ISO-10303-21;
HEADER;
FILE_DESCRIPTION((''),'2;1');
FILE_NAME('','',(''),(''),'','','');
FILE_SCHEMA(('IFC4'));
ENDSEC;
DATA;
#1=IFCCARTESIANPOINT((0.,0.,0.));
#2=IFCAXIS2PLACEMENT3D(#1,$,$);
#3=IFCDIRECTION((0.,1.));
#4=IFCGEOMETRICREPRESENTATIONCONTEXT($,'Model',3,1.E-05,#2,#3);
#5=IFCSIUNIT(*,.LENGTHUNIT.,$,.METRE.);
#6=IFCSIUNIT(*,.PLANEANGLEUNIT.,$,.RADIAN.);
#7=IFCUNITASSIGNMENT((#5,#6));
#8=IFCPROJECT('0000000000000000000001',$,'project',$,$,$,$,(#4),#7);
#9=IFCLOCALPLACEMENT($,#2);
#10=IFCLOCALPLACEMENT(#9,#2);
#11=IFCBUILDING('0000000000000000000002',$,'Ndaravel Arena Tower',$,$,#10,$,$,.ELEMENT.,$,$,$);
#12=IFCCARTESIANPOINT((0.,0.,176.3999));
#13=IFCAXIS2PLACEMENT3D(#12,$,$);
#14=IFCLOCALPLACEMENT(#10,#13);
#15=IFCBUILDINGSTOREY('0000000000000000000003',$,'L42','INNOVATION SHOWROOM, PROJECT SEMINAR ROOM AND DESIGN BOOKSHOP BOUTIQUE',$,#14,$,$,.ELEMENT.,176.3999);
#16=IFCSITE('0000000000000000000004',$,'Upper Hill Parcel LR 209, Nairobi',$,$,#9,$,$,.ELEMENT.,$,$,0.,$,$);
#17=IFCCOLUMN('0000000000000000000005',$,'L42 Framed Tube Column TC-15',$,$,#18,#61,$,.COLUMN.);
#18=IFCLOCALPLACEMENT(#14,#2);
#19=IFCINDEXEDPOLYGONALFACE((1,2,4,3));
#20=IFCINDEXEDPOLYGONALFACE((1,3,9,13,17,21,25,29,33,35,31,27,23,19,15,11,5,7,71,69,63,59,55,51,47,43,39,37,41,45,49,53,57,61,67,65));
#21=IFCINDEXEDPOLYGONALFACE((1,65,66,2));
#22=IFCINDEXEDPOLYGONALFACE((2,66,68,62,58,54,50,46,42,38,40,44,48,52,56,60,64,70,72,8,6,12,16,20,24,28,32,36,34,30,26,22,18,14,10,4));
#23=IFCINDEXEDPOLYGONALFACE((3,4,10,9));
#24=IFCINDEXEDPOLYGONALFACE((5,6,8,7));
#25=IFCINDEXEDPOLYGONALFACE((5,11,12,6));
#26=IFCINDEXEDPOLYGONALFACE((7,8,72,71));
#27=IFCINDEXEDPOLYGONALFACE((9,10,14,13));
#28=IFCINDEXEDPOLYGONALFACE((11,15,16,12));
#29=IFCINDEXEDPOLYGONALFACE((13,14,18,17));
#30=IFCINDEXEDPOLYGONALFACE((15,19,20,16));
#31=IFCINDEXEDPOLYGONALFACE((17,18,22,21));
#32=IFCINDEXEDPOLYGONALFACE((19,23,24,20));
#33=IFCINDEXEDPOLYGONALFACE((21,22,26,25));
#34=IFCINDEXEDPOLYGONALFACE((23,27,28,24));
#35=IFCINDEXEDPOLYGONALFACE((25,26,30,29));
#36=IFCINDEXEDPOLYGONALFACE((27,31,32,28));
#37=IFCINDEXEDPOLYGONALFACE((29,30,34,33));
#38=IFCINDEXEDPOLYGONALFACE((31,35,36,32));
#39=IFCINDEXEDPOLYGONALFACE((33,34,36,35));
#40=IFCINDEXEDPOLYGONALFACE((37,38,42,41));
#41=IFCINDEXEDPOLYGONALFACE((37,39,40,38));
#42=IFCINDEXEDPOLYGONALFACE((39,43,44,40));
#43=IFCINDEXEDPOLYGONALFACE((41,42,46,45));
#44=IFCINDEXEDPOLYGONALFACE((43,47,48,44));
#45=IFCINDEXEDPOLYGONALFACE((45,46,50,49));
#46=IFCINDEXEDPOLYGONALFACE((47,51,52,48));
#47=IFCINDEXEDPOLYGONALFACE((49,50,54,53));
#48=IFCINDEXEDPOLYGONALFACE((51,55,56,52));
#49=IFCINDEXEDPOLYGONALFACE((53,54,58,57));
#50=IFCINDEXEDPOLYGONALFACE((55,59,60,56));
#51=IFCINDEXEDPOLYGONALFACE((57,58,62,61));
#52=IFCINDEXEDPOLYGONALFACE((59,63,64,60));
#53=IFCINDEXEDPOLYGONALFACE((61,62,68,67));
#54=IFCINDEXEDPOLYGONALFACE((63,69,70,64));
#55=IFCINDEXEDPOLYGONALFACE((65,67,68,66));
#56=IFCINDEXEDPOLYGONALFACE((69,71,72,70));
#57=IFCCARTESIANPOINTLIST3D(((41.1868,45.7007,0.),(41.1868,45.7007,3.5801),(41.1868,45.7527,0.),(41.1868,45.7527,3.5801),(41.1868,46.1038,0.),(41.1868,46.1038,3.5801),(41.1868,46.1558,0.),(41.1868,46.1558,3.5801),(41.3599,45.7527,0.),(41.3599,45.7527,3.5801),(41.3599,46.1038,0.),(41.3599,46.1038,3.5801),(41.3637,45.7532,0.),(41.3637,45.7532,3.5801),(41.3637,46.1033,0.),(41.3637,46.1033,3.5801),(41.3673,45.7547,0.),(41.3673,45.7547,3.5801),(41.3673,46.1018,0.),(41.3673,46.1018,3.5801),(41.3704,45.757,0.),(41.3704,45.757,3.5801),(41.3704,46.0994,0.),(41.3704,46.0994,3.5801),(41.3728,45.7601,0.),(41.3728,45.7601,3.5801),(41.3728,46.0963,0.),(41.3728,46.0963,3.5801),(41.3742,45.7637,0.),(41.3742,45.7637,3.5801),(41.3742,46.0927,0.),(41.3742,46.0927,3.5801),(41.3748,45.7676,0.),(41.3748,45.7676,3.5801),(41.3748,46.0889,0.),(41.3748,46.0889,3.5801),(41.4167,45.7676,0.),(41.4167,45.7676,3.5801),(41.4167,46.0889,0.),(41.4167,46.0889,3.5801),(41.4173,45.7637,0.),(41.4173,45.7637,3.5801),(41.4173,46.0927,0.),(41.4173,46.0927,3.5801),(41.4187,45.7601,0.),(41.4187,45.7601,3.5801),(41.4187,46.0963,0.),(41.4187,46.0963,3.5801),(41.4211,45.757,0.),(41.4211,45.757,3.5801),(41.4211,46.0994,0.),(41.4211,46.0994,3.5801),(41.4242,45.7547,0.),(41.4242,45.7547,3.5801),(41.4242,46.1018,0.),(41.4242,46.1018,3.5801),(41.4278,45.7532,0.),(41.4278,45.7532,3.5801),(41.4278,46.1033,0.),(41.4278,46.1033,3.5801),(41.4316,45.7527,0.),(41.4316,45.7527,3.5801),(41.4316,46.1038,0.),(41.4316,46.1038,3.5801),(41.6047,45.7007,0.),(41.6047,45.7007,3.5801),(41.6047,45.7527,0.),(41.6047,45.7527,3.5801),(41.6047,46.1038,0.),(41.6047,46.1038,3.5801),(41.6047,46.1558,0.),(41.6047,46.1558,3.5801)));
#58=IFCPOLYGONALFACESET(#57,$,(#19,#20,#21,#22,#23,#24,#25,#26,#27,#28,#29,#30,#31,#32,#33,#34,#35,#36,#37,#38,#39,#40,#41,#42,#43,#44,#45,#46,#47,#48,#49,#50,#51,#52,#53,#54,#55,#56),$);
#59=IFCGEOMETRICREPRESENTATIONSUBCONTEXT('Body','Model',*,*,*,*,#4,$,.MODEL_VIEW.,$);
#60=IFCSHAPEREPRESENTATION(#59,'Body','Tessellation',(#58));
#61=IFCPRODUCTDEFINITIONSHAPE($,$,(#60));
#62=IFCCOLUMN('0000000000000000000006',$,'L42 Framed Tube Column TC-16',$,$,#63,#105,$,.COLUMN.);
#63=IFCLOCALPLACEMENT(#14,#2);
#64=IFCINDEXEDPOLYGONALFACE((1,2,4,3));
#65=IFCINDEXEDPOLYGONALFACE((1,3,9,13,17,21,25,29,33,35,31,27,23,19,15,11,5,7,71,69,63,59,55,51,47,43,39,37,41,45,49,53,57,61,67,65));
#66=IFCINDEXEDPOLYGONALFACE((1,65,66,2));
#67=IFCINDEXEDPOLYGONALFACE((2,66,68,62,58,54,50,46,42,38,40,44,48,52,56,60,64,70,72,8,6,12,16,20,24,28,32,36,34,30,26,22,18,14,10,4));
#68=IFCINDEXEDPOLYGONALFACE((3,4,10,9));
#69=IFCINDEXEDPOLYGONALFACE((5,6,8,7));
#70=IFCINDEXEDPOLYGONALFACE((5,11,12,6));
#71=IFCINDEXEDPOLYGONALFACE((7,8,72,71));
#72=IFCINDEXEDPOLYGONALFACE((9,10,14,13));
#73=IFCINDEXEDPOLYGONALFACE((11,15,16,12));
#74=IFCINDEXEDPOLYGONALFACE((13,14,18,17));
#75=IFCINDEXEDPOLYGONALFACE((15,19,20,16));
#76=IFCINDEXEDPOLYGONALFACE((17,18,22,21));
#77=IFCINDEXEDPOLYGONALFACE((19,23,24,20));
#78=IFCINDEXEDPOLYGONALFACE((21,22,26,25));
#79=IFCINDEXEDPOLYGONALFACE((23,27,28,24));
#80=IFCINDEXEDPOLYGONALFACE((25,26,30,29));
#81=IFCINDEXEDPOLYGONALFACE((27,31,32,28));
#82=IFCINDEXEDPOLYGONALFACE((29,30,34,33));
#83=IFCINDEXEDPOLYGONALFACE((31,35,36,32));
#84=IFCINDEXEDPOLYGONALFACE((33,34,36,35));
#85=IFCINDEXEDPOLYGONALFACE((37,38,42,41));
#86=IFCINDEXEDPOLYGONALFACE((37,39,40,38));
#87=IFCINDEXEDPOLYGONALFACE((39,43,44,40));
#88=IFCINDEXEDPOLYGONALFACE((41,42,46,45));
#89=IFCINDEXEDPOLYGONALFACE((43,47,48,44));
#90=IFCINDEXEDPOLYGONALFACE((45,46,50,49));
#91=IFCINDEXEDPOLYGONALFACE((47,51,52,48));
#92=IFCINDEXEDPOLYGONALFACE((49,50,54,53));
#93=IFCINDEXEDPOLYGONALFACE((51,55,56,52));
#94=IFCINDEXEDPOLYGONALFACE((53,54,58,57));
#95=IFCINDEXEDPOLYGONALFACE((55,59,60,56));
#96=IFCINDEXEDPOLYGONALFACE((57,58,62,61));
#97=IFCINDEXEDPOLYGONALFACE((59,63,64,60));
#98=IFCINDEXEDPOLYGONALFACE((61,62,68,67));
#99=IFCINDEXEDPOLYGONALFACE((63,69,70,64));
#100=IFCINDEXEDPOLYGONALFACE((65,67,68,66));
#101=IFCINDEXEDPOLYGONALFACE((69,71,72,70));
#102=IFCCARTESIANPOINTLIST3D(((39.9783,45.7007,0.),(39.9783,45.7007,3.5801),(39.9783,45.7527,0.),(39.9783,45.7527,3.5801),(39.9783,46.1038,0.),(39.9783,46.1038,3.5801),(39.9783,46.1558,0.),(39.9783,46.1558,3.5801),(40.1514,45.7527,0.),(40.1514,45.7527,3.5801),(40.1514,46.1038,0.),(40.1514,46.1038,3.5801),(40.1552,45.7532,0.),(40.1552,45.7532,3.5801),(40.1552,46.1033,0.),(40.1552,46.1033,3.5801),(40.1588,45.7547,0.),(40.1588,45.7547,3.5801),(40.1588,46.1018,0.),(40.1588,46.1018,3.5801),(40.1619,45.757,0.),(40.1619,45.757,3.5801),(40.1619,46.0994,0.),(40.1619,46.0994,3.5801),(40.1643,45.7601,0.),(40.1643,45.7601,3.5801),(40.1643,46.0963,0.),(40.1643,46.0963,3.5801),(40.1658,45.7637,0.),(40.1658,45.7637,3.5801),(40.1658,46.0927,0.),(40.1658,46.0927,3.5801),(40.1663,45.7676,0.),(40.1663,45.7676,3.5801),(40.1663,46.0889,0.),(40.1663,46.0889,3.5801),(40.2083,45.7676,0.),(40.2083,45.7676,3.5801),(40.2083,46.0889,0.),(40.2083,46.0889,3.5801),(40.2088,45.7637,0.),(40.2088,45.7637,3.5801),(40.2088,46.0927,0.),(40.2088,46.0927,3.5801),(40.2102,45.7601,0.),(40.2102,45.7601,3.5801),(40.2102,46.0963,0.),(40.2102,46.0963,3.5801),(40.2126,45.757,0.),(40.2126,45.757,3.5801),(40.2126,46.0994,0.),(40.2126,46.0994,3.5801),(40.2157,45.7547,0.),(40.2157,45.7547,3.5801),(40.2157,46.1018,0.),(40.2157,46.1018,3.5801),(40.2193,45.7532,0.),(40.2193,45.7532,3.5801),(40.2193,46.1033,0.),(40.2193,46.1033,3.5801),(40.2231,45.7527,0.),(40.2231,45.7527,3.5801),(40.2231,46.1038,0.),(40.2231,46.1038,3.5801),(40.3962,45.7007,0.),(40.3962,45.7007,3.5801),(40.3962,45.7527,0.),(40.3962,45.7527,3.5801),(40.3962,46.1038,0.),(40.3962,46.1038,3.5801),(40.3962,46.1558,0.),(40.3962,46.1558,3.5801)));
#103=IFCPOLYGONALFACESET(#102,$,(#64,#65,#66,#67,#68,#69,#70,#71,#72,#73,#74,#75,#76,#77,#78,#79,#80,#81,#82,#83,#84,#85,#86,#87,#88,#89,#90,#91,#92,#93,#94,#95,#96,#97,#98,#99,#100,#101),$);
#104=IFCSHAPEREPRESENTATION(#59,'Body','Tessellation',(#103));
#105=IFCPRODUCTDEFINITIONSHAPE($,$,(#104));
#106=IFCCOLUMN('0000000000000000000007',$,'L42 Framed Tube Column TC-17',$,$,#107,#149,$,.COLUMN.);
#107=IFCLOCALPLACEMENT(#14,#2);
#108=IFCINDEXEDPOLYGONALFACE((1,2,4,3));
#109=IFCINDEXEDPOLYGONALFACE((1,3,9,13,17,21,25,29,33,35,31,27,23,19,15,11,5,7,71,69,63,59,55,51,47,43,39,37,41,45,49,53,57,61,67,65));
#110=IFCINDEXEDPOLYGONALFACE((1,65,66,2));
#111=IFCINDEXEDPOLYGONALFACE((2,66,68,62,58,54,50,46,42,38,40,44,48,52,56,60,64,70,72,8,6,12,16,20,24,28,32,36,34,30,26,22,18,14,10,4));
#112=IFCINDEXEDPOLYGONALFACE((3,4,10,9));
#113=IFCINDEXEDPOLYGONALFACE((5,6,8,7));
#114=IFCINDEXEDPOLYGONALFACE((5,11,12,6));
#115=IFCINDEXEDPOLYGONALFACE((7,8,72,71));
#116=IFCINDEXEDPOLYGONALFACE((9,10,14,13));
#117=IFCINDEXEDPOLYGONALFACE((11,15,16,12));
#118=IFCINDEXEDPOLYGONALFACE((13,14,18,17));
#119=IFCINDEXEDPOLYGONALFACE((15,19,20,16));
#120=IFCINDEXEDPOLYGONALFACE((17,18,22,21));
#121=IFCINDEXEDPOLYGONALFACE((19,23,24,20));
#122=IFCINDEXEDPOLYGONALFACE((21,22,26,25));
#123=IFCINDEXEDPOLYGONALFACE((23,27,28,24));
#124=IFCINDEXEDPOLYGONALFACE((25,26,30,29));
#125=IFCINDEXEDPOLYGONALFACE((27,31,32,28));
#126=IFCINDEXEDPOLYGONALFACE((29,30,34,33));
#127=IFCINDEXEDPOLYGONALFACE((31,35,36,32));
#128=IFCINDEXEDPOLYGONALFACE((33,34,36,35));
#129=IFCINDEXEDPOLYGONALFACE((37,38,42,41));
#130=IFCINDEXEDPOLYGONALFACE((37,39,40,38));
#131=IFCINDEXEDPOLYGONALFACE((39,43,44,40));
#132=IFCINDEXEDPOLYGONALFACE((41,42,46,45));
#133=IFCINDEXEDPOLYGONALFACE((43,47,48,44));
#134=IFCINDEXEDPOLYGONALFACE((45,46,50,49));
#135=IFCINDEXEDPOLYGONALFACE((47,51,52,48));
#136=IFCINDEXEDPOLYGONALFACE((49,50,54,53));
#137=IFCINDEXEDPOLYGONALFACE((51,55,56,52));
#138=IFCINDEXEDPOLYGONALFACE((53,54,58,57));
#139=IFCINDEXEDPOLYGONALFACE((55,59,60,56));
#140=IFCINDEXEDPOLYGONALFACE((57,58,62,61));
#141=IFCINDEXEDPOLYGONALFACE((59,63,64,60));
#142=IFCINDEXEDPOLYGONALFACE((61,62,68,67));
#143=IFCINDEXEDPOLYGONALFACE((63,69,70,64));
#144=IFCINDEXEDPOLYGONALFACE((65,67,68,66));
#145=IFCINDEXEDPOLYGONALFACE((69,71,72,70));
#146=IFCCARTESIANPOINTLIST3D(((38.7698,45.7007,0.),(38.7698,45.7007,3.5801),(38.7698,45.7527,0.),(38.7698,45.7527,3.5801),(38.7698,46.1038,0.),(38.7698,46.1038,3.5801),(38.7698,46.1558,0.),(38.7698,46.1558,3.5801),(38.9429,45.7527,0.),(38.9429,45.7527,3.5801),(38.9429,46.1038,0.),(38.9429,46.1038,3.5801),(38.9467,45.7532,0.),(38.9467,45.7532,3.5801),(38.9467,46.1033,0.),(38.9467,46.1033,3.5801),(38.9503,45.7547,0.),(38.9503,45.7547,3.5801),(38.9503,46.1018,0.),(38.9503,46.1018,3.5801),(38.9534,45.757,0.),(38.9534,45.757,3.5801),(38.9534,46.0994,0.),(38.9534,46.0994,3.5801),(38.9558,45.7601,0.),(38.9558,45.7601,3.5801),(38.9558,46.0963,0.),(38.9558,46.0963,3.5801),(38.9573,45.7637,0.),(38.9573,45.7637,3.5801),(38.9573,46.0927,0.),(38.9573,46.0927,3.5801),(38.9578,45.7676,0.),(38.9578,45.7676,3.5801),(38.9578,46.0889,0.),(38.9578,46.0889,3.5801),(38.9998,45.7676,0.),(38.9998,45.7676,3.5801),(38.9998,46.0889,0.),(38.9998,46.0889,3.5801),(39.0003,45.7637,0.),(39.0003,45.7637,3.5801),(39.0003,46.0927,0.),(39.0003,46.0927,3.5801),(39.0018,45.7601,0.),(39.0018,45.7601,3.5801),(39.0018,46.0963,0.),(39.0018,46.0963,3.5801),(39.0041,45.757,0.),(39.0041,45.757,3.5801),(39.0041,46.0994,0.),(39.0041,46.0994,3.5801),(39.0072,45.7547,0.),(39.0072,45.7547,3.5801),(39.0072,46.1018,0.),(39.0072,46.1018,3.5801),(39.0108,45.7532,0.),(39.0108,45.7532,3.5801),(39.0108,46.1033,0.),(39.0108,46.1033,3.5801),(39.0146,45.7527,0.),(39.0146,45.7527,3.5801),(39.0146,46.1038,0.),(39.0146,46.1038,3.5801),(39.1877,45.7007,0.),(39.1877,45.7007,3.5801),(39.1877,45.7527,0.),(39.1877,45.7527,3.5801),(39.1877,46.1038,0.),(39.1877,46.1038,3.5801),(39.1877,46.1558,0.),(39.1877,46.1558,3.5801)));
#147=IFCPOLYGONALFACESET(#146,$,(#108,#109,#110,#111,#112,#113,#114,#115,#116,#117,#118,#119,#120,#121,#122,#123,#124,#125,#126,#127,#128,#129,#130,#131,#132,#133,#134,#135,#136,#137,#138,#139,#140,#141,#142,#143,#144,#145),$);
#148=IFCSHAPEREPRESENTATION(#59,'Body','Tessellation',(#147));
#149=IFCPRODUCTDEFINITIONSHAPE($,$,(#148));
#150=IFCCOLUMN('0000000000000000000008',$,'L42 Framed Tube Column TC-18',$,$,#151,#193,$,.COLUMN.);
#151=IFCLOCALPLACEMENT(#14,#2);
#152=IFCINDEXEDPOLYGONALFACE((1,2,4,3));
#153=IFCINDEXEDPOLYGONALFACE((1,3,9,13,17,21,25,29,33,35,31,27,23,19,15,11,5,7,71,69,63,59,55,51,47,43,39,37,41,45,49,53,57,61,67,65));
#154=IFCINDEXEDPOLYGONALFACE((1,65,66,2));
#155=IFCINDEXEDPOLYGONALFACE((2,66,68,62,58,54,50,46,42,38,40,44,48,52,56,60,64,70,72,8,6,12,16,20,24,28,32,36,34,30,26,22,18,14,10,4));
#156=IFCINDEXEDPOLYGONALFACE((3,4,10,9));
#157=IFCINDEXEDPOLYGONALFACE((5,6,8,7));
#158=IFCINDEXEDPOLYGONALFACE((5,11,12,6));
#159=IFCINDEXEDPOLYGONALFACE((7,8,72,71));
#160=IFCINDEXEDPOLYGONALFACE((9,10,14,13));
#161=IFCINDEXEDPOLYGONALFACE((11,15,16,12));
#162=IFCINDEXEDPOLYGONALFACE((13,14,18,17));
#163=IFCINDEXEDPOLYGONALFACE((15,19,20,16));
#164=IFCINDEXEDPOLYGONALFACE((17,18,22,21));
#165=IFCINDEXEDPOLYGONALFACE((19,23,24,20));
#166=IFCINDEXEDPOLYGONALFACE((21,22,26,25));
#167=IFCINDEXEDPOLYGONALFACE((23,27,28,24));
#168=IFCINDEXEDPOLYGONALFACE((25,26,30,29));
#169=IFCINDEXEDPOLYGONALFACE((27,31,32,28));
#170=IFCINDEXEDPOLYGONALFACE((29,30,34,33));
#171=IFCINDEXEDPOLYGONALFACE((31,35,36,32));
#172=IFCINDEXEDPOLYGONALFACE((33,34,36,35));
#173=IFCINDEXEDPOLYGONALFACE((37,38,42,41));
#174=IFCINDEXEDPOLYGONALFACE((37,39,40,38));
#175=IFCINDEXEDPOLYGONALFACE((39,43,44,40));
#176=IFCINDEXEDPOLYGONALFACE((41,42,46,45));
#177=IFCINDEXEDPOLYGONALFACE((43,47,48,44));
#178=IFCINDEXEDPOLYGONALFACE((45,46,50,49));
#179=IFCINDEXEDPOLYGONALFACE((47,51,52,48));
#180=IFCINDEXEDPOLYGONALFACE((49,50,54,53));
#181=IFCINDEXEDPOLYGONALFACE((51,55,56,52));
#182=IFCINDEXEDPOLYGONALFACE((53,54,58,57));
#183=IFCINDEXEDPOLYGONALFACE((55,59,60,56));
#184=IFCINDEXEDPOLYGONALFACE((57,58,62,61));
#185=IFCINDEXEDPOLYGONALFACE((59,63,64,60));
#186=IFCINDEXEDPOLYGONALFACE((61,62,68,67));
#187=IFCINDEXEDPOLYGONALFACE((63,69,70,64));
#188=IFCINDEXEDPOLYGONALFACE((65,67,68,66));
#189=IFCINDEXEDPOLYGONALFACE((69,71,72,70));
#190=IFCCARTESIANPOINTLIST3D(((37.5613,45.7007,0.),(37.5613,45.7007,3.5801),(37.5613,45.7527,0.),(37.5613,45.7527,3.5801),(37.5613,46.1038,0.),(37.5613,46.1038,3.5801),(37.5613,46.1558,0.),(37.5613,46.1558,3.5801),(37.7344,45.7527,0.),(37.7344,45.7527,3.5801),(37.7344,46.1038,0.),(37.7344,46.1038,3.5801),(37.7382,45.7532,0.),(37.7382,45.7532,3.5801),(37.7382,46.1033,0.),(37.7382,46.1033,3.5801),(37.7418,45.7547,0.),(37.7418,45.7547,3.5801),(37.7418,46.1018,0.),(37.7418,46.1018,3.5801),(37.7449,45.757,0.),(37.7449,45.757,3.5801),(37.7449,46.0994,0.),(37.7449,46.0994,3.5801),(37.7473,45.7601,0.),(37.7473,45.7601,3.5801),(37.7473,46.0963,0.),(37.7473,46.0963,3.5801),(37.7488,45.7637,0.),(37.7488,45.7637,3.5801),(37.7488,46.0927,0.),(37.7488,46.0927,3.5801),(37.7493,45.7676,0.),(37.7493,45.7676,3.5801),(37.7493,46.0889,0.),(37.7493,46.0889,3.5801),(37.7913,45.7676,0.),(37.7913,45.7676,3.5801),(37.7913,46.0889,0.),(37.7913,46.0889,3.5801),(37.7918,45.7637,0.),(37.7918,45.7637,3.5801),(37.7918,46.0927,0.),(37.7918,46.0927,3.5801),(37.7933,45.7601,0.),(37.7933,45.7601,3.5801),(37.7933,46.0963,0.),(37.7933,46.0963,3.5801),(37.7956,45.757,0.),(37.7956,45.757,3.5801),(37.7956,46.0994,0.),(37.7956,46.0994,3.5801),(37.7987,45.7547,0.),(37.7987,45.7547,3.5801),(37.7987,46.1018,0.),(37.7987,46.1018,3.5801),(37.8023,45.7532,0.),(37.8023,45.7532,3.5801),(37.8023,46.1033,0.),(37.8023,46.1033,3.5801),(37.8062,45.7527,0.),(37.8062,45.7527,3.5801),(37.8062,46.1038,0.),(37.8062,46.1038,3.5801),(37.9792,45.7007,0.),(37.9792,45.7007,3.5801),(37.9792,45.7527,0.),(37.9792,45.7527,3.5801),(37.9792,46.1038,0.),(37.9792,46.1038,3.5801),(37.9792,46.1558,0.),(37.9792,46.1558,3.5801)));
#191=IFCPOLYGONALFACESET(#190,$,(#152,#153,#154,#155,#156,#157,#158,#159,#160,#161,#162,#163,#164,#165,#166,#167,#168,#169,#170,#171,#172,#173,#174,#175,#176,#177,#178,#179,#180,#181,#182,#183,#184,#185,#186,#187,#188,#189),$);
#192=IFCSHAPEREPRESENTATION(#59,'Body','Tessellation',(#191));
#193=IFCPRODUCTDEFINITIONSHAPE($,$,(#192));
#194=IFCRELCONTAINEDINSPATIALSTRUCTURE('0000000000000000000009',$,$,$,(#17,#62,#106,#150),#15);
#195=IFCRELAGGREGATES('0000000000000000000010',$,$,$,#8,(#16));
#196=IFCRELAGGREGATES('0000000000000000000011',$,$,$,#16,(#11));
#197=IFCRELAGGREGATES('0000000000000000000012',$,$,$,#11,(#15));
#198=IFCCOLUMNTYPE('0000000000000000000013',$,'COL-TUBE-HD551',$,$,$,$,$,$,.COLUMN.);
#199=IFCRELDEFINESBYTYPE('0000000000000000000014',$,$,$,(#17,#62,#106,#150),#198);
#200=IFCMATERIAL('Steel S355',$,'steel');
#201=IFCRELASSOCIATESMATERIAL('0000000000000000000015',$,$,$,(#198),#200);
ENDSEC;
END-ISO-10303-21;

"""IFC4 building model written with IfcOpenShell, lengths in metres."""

from ifc_helpers import new_model, si_unit, direction, frame, origin, origin_2d, place, context, subcontext, project, spatial, i_section, extrude, material, material_profile, profile_set, type_object, element, save


model = new_model("IFC4")

# Units and contexts
model_context = context("Model", 3, precision=1e-05, world=origin(), true_north=direction((0.0, 1.0)))
body_context = subcontext(model_context, "Body", "Model", "MODEL_VIEW")
ifc_project = project(units=[si_unit("LENGTHUNIT", "METRE"), si_unit("PLANEANGLEUNIT", "RADIAN")], contexts=[model_context])

# Site, building, storey
site_placement = place(None, origin())
site = spatial("IfcSite", under=ifc_project, at=site_placement, Name="Upper Hill Parcel LR 209, Nairobi", CompositionType="ELEMENT", RefElevation=0.0)
building_placement = place(site_placement, origin())
building = spatial("IfcBuilding", under=site, at=building_placement, Name="Ndaravel Arena Tower", CompositionType="ELEMENT")
storey_placement = place(building_placement, frame((0.0, 0.0, 176.3999)))
storey = spatial("IfcBuildingStorey", under=building, at=storey_placement, Name="L42", Description="INNOVATION SHOWROOM, PROJECT SEMINAR ROOM AND DESIGN BOOKSHOP BOUTIQUE", CompositionType="ELEMENT", Elevation=176.3999)

# Columns
ifc_material_1 = material(Name="Steel S355", Category="steel")
ifc_material_profile_1 = material_profile(ifc_material_1, i_section(OverallWidth=0.418, OverallDepth=0.4551, WebThickness=0.042, FlangeThickness=0.052, FilletRadius=0.0149, at=origin_2d()), Name="HD 400x551")
ifc_profile_set_1 = profile_set([ifc_material_profile_1], Name="Steel S355")
column_type = type_object("IfcColumnType", Name="COL-TUBE-HD551", PredefinedType="COLUMN", material=ifc_profile_set_1)
for number, where, z_axis, x_axis, name in (
    (1, (41.3958, 45.9282, 0.0), (0.0, 0.0, 1.0), (1.0, 0.0, 0.0), "L42 Framed Tube Column TC-15"),
    (2, (40.1873, 45.9282, 0.0), (0.0, 0.0, 1.0), (1.0, 0.0, 0.0), "L42 Framed Tube Column TC-16"),
    (3, (38.9788, 45.9282, 0.0), (0.0, 0.0, 1.0), (1.0, 0.0, 0.0), "L42 Framed Tube Column TC-17"),
    (4, (37.7703, 45.9282, 0.0), (0.0, 0.0, 1.0), (1.0, 0.0, 0.0), "L42 Framed Tube Column TC-18"),
):
    element("IfcColumn", number, at=place(storey_placement, frame(where, z_axis=z_axis, x_axis=x_axis)), inside=storey, type_object=column_type, Name=name, PredefinedType="COLUMN", context=body_context, shape_type="SweptSolid", body=[
        extrude(i_section(OverallWidth=0.418, OverallDepth=0.4551, WebThickness=0.042, FlangeThickness=0.052, FilletRadius=0.0149, at=origin_2d()), origin(), (0.0, 0.0, 1.0), 3.5801),
    ])

save(model, "model.ifc")
